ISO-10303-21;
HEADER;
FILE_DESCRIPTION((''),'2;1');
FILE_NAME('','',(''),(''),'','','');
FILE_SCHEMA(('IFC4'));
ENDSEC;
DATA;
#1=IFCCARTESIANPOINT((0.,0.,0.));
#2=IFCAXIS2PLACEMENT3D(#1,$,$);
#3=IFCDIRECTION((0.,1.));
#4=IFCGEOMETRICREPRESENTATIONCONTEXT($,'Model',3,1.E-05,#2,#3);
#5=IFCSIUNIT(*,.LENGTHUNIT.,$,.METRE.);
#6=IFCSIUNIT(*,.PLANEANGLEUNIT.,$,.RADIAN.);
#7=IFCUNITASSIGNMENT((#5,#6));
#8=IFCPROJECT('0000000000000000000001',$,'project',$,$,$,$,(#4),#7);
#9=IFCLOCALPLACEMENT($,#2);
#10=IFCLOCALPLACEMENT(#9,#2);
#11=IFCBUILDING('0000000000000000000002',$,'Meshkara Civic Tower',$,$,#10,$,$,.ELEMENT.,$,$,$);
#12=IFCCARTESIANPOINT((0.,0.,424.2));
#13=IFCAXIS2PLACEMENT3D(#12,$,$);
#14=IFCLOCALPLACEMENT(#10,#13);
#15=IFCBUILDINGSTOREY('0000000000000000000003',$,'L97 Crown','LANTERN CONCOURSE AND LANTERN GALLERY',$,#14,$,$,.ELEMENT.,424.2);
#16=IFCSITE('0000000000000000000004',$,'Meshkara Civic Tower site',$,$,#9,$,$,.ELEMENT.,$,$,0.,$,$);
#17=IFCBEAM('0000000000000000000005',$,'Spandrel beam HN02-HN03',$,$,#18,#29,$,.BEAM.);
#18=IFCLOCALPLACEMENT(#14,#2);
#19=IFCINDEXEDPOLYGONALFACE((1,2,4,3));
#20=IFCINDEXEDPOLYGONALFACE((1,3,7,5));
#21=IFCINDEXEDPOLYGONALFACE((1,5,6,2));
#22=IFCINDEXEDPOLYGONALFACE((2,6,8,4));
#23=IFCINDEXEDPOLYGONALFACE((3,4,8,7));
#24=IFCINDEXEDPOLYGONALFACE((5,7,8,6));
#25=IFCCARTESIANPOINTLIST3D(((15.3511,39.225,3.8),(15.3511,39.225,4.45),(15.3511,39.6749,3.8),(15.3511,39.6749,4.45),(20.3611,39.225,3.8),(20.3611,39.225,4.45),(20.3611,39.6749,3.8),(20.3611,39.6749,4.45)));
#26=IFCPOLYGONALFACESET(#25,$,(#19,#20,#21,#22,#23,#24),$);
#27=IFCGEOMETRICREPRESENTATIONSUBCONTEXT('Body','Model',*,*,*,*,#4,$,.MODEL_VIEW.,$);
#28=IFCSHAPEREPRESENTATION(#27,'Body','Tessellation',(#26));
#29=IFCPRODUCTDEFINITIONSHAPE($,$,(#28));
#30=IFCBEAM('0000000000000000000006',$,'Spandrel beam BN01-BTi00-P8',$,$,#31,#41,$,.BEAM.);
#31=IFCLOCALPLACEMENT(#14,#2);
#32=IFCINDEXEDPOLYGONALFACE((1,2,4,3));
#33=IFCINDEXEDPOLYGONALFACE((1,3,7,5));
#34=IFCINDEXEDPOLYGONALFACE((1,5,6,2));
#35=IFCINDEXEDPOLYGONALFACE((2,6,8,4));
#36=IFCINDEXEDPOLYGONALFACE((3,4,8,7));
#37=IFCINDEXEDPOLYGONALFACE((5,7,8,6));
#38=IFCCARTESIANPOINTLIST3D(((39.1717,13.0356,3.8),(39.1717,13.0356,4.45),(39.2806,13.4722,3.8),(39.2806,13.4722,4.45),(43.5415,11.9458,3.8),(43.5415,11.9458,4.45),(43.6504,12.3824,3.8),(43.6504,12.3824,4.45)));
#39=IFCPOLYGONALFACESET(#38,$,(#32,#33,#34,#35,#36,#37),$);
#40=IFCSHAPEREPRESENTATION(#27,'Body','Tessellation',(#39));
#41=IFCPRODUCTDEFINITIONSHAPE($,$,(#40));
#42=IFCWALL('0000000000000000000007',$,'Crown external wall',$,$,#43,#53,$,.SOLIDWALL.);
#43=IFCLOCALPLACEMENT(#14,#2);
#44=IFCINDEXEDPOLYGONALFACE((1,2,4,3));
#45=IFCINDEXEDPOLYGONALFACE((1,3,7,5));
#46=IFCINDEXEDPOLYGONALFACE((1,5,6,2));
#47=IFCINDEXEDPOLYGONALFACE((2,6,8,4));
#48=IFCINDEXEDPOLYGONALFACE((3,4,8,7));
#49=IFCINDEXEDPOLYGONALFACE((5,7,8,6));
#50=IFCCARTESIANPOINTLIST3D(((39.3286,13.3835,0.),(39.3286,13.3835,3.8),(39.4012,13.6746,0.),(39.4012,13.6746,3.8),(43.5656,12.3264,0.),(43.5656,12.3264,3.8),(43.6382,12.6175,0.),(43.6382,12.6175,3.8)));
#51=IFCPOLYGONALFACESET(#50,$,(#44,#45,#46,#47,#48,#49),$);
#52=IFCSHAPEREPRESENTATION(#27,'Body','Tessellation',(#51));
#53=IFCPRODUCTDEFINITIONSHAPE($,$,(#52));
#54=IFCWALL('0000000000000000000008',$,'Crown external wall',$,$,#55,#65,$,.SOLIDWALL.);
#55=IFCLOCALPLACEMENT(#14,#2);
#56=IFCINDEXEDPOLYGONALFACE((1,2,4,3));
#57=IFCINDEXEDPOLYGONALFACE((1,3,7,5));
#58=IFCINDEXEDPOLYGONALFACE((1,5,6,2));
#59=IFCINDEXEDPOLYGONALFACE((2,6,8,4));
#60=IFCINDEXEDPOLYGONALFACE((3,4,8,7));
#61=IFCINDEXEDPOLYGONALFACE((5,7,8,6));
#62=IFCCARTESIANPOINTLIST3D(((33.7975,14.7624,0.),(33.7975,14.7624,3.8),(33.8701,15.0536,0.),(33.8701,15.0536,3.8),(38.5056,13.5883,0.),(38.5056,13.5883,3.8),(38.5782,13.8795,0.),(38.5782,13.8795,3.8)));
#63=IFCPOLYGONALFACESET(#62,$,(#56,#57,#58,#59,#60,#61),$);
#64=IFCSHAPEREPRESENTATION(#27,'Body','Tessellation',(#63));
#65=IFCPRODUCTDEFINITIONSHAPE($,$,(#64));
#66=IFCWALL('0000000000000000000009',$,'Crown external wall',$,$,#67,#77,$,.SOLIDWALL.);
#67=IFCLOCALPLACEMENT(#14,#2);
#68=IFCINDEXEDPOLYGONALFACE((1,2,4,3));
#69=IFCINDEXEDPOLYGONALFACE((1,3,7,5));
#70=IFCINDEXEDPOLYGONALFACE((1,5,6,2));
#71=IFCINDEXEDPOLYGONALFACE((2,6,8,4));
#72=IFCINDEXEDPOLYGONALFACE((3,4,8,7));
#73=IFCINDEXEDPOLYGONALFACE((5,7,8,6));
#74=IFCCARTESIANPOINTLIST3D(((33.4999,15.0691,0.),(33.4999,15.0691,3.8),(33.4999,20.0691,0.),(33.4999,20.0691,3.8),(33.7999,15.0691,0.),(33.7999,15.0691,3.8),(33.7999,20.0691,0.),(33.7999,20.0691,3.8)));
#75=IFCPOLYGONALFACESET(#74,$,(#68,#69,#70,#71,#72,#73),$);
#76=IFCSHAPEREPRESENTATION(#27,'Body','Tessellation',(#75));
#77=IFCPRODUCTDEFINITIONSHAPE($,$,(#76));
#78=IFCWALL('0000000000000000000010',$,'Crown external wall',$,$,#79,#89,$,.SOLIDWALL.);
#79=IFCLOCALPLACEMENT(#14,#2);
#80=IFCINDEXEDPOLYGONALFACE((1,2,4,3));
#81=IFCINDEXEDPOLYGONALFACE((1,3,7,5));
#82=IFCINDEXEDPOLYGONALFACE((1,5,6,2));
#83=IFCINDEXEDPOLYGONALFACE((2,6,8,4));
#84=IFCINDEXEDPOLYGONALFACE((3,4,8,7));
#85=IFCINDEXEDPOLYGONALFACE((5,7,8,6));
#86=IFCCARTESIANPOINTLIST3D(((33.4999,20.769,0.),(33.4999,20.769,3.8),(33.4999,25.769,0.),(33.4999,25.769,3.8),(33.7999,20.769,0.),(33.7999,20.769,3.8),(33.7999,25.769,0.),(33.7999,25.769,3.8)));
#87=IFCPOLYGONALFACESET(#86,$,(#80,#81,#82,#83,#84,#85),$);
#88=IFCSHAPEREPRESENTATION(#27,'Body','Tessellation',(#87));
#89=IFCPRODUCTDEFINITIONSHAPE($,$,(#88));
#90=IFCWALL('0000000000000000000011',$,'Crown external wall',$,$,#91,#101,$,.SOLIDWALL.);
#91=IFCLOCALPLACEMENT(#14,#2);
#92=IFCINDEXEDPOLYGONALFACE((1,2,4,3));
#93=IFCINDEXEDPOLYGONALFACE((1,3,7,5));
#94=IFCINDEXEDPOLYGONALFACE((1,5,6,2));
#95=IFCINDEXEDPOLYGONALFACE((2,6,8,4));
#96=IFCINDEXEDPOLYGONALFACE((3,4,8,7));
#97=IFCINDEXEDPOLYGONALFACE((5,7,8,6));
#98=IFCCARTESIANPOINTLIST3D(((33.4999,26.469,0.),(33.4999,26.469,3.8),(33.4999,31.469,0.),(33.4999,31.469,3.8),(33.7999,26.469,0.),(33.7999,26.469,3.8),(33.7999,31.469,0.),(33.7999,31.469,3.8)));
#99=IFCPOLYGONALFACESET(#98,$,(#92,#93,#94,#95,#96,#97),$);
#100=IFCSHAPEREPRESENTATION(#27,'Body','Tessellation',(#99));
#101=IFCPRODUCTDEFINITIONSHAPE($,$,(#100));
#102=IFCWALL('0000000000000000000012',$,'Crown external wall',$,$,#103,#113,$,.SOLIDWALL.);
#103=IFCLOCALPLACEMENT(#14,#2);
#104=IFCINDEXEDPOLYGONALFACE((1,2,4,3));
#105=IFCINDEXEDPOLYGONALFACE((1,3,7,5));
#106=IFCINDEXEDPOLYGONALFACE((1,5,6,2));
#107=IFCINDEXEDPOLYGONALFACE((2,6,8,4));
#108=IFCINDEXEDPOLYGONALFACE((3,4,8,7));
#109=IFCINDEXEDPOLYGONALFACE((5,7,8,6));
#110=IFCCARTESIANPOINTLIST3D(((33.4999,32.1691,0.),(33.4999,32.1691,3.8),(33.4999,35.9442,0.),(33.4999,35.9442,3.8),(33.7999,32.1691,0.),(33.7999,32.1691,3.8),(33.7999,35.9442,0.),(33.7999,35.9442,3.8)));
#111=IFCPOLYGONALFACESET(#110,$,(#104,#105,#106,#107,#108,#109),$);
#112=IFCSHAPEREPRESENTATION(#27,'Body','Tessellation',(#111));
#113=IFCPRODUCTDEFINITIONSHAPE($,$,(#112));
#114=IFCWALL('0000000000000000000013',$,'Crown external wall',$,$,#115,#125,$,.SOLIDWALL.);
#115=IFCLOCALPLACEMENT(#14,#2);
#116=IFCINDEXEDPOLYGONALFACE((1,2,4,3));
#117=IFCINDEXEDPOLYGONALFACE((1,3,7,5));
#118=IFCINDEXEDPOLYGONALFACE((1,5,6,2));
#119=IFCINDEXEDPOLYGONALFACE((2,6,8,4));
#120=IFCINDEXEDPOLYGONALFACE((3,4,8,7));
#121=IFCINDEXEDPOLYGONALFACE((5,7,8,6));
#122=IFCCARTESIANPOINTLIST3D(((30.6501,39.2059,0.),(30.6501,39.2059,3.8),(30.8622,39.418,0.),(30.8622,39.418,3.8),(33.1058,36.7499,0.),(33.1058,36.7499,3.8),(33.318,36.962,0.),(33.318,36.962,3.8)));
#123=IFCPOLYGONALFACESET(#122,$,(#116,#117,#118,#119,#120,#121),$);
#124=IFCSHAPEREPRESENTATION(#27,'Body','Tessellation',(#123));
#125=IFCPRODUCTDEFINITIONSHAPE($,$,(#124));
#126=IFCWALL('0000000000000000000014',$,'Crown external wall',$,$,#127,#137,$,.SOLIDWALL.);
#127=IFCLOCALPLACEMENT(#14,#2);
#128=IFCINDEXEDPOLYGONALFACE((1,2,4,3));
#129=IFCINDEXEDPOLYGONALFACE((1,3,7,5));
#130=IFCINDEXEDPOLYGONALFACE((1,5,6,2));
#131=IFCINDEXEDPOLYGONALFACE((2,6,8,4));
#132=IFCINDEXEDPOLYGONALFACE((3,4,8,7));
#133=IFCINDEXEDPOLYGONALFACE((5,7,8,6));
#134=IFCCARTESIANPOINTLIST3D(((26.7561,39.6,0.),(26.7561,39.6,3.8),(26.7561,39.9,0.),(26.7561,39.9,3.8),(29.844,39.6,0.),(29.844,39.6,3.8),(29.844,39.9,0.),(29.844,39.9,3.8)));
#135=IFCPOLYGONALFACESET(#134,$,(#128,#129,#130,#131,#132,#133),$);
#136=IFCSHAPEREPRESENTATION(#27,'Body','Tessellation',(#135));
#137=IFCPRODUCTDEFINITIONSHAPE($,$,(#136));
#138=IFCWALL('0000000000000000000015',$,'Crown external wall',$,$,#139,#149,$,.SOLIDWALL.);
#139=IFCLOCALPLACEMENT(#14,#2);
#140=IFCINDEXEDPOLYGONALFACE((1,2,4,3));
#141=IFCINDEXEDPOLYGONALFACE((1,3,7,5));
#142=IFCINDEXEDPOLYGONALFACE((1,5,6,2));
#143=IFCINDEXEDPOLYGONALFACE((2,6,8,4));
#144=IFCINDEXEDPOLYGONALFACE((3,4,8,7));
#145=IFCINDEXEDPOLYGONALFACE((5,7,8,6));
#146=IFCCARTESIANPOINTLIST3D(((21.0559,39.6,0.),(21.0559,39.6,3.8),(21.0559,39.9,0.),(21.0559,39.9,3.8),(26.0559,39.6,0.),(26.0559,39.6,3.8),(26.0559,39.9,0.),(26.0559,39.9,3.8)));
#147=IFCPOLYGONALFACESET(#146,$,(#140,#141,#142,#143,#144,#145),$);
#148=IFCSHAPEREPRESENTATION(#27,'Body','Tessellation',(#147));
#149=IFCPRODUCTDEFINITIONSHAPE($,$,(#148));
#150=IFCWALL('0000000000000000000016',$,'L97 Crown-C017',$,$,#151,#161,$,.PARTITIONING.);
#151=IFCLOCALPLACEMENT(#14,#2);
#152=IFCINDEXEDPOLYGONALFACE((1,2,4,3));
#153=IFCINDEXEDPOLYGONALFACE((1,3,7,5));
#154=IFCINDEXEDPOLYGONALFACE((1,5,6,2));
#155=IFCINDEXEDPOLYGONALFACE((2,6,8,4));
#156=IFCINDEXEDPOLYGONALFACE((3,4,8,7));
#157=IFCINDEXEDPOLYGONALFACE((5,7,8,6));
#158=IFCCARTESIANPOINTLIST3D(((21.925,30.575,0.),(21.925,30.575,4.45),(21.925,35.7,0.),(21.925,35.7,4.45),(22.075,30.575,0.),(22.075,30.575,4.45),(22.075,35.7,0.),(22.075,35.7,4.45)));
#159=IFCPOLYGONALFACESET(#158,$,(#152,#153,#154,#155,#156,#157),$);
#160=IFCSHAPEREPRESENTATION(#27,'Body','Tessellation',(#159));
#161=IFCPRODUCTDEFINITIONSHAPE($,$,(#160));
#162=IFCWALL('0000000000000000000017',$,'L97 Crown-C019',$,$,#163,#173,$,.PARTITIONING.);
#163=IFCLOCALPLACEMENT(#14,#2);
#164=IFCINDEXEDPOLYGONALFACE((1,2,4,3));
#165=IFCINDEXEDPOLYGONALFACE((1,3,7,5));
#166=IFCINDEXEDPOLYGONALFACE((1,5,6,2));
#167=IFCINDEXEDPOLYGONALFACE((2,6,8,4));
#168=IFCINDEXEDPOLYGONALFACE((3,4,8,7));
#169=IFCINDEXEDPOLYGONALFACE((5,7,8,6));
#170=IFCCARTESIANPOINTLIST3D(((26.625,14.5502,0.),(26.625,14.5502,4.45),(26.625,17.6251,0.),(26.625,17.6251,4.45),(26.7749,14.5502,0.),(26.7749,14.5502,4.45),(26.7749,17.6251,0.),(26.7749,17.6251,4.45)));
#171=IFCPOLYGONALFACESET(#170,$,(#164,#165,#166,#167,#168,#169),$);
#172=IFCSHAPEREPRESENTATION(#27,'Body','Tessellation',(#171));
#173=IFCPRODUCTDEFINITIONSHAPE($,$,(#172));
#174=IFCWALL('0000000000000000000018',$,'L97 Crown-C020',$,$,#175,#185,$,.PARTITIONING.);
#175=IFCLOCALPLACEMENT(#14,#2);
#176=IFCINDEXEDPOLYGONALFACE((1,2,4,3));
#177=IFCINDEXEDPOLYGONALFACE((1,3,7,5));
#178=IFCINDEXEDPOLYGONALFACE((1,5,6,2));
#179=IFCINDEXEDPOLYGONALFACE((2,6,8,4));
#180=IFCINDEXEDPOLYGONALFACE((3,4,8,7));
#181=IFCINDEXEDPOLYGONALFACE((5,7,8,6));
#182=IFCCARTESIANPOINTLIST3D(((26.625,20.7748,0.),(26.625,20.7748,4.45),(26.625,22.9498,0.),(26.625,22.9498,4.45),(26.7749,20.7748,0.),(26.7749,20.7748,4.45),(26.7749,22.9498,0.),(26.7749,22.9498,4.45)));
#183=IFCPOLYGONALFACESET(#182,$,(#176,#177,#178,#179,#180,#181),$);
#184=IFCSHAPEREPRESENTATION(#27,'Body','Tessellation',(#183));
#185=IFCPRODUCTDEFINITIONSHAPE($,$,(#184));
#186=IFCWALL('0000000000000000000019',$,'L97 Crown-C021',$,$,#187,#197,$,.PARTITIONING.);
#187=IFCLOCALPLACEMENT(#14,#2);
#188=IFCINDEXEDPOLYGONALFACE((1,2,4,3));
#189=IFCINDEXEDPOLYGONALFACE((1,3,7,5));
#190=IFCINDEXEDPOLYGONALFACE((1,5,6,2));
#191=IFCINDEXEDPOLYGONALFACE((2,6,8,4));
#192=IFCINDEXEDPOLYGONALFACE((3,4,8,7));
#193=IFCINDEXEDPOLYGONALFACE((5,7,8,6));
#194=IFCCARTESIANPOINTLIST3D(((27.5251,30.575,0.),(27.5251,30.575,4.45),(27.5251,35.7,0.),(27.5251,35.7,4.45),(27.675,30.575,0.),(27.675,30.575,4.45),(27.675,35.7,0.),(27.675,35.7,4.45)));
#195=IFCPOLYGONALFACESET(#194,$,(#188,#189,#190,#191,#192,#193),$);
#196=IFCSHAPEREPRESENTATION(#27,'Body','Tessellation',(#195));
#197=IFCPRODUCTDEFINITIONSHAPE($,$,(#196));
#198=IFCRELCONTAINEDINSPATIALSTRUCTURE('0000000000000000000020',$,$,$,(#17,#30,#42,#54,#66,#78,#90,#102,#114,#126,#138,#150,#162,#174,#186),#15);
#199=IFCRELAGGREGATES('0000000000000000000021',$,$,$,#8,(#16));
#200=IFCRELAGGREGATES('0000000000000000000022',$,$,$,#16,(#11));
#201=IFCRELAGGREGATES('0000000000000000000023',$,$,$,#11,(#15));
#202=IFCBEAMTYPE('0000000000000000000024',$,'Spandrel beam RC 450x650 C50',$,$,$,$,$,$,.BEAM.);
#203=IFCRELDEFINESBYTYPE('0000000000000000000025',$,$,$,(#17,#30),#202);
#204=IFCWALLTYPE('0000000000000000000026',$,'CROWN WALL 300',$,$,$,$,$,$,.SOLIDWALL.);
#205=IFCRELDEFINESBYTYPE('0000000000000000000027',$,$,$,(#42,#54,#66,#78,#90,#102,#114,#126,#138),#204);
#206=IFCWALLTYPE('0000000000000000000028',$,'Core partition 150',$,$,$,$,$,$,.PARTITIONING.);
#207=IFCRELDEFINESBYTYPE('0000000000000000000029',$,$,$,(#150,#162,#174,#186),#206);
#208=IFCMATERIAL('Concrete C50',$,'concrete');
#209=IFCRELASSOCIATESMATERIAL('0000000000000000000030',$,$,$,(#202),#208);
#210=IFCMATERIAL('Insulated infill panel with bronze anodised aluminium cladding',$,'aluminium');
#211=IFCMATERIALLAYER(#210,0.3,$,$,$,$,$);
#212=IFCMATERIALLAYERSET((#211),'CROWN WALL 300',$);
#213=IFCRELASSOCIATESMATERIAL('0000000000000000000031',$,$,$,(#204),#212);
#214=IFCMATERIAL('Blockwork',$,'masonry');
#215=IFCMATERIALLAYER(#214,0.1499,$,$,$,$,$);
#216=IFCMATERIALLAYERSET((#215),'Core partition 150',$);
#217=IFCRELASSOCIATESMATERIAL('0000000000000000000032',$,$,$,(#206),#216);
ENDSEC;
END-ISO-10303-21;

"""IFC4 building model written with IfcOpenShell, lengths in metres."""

from ifc_helpers import new_model, si_unit, direction, frame, frame_2d, origin, origin_2d, place, context, subcontext, project, spatial, rectangle, extrude, material, layer, layer_set, material_profile, profile_set, type_object, element, save


model = new_model("IFC4")

# Units and contexts
model_context = context("Model", 3, precision=1e-05, world=origin(), true_north=direction((0.0, 1.0)))
body_context = subcontext(model_context, "Body", "Model", "MODEL_VIEW")
ifc_project = project(units=[si_unit("LENGTHUNIT", "METRE"), si_unit("PLANEANGLEUNIT", "RADIAN")], contexts=[model_context])

# Site, building, storey
site_placement = place(None, origin())
site = spatial("IfcSite", under=ifc_project, at=site_placement, Name="Meshkara Civic Tower site", CompositionType="ELEMENT", RefElevation=0.0)
building_placement = place(site_placement, origin())
building = spatial("IfcBuilding", under=site, at=building_placement, Name="Meshkara Civic Tower", CompositionType="ELEMENT")
storey_placement = place(building_placement, frame((0.0, 0.0, 424.2)))
storey = spatial("IfcBuildingStorey", under=building, at=storey_placement, Name="L97 Crown", Description="LANTERN CONCOURSE AND LANTERN GALLERY", CompositionType="ELEMENT", Elevation=424.2)

# Beams
ifc_material_1 = material(Name="Concrete C50", Category="concrete")
ifc_material_profile_1 = material_profile(ifc_material_1, rectangle(XDim=0.45, YDim=0.6499, at=origin_2d()))
ifc_profile_set_1 = profile_set([ifc_material_profile_1], Name="Concrete C50")
beam_type = type_object("IfcBeamType", Name="Spandrel beam RC 450x650 C50", PredefinedType="BEAM", material=ifc_profile_set_1)
for number, where, z_axis, x_axis, name in (
    (1, (20.3611, 39.45, 4.125), (-1.0, 0.0, 0.0), (0.0, -1.0, 0.0), "Spandrel beam HN02-HN03"),
):
    element("IfcBeam", number, at=place(storey_placement, frame(where, z_axis=z_axis, x_axis=x_axis)), inside=storey, type_object=beam_type, Name=name, PredefinedType="BEAM", context=body_context, shape_type="SweptSolid", body=[
        extrude(rectangle(XDim=0.45, YDim=0.6499, at=origin_2d()), origin(), (0.0, 0.0, 1.0), 5.01),
    ])
beam_1_placement = place(storey_placement, frame((43.5959, 12.1641, 4.125), z_axis=(-0.970279, 0.241987, 0.0), x_axis=(-0.241987, -0.970279, 0.0)))
element("IfcBeam", 2, at=beam_1_placement, inside=storey, type_object=beam_type, Name="Spandrel beam BN01-BTi00-P8", PredefinedType="BEAM", context=body_context, shape_type="SweptSolid", body=[
    extrude(rectangle(XDim=0.45, YDim=0.6499, at=origin_2d()), origin(), (0.0, 0.0, 1.0), 4.5037),
])

# Walls
ifc_material_2 = material(Name="Insulated infill panel with bronze anodised aluminium cladding", Category="aluminium")
ifc_layer_1 = layer(ifc_material_2, 0.3)
ifc_layer_set_1 = layer_set([ifc_layer_1], Name="CROWN WALL 300")
wall_type_1 = type_object("IfcWallType", Name="CROWN WALL 300", PredefinedType="SOLIDWALL", material=ifc_layer_set_1)
wall_1_placement = place(storey_placement, frame((43.6021, 12.4719, 0.0), z_axis=(0.0, 0.0, 1.0), x_axis=(-0.970257, 0.242075, 0.0)))
element("IfcWall", 3, at=wall_1_placement, inside=storey, type_object=wall_type_1, Name="Crown external wall", PredefinedType="SOLIDWALL", context=body_context, shape_type="SweptSolid", body=[
    extrude(rectangle(XDim=4.3669, YDim=0.3, at=frame_2d((2.1836, 0.0))), origin(), (0.0, 0.0, 1.0), 3.8),
])
wall_2_placement = place(storey_placement, frame((38.542, 13.7339, 0.0), z_axis=(0.0, 0.0, 1.0), x_axis=(-0.970284, 0.241967, 0.0)))
element("IfcWall", 4, at=wall_2_placement, inside=storey, type_object=wall_type_1, Name="Crown external wall", PredefinedType="SOLIDWALL", context=body_context, shape_type="SweptSolid", body=[
    extrude(rectangle(XDim=4.8523, YDim=0.3, at=frame_2d((2.4263, 0.0))), origin(), (0.0, 0.0, 1.0), 3.8),
])
for number, where, z_axis, x_axis, name in (
    (5, (33.6499, 15.0691, 0.0), (0.0, 0.0, 1.0), (0.0, 1.0, 0.0), "Crown external wall"),
    (6, (33.6499, 20.769, 0.0), (0.0, 0.0, 1.0), (0.0, 1.0, 0.0), "Crown external wall"),
    (7, (33.6499, 26.469, 0.0), (0.0, 0.0, 1.0), (0.0, 1.0, 0.0), "Crown external wall"),
):
    element("IfcWall", number, at=place(storey_placement, frame(where, z_axis=z_axis, x_axis=x_axis)), inside=storey, type_object=wall_type_1, Name=name, PredefinedType="SOLIDWALL", context=body_context, shape_type="SweptSolid", body=[
        extrude(rectangle(XDim=5.0, YDim=0.3, at=frame_2d((2.5, 0.0))), origin(), (0.0, 0.0, 1.0), 3.8),
    ])
wall_3_placement = place(storey_placement, frame((33.6499, 32.1689, 0.0), z_axis=(0.0, 0.0, 1.0), x_axis=(0.0, 1.0, 0.0)))
element("IfcWall", 8, at=wall_3_placement, inside=storey, type_object=wall_type_1, Name="Crown external wall", PredefinedType="SOLIDWALL", context=body_context, shape_type="SweptSolid", body=[
    extrude(rectangle(XDim=3.7751, YDim=0.3, at=frame_2d((1.8877, 0.0))), origin(), (0.0, 0.0, 1.0), 3.8),
])
wall_4_placement = place(storey_placement, frame((33.2119, 36.856, 0.0), z_axis=(0.0, 0.0, 1.0), x_axis=(-0.707072, 0.707142, 0.0)))
element("IfcWall", 9, at=wall_4_placement, inside=storey, type_object=wall_type_1, Name="Crown external wall", PredefinedType="SOLIDWALL", context=body_context, shape_type="SweptSolid", body=[
    extrude(rectangle(XDim=3.4731, YDim=0.3, at=frame_2d((1.7366, 0.0))), origin(), (0.0, 0.0, 1.0), 3.8),
])
wall_5_placement = place(storey_placement, frame((29.844, 39.75, 0.0), z_axis=(0.0, 0.0, 1.0), x_axis=(-1.0, 0.0, 0.0)))
element("IfcWall", 10, at=wall_5_placement, inside=storey, type_object=wall_type_1, Name="Crown external wall", PredefinedType="SOLIDWALL", context=body_context, shape_type="SweptSolid", body=[
    extrude(rectangle(XDim=3.0879, YDim=0.3, at=frame_2d((1.5439, 0.0))), origin(), (0.0, 0.0, 1.0), 3.8),
])
wall_6_placement = place(storey_placement, frame((26.0559, 39.75, 0.0), z_axis=(0.0, 0.0, 1.0), x_axis=(-1.0, 0.0, 0.0)))
element("IfcWall", 11, at=wall_6_placement, inside=storey, type_object=wall_type_1, Name="Crown external wall", PredefinedType="SOLIDWALL", context=body_context, shape_type="SweptSolid", body=[
    extrude(rectangle(XDim=5.0, YDim=0.3, at=frame_2d((2.5, 0.0))), origin(), (0.0, 0.0, 1.0), 3.8),
])
ifc_material_3 = material(Name="Blockwork", Category="masonry")
ifc_layer_2 = layer(ifc_material_3, 0.1499)
ifc_layer_set_2 = layer_set([ifc_layer_2], Name="Core partition 150")
wall_type_2 = type_object("IfcWallType", Name="Core partition 150", PredefinedType="PARTITIONING", material=ifc_layer_set_2)
wall_7_placement = place(storey_placement, frame((22.0, 30.575, 0.0), z_axis=(0.0, 0.0, 1.0), x_axis=(0.0, 1.0, 0.0)))
element("IfcWall", 12, at=wall_7_placement, inside=storey, type_object=wall_type_2, Name="L97 Crown-C017", PredefinedType="PARTITIONING", context=body_context, shape_type="SweptSolid", body=[
    extrude(rectangle(XDim=5.125, YDim=0.1499, at=frame_2d((2.5625, 0.0))), origin(), (0.0, 0.0, 1.0), 4.45),
])
wall_8_placement = place(storey_placement, frame((26.7, 14.55, 0.0), z_axis=(0.0, 0.0, 1.0), x_axis=(0.0, 1.0, 0.0)))
element("IfcWall", 13, at=wall_8_placement, inside=storey, type_object=wall_type_2, Name="L97 Crown-C019", PredefinedType="PARTITIONING", context=body_context, shape_type="SweptSolid", body=[
    extrude(rectangle(XDim=3.075, YDim=0.1499, at=frame_2d((1.5376, 0.0))), origin(), (0.0, 0.0, 1.0), 4.45),
])
wall_9_placement = place(storey_placement, frame((26.7, 20.7749, 0.0), z_axis=(0.0, 0.0, 1.0), x_axis=(0.0, 1.0, 0.0)))
element("IfcWall", 14, at=wall_9_placement, inside=storey, type_object=wall_type_2, Name="L97 Crown-C020", PredefinedType="PARTITIONING", context=body_context, shape_type="SweptSolid", body=[
    extrude(rectangle(XDim=2.175, YDim=0.1499, at=frame_2d((1.0874, 0.0))), origin(), (0.0, 0.0, 1.0), 4.45),
])
wall_10_placement = place(storey_placement, frame((27.6001, 30.575, 0.0), z_axis=(0.0, 0.0, 1.0), x_axis=(0.0, 1.0, 0.0)))
element("IfcWall", 15, at=wall_10_placement, inside=storey, type_object=wall_type_2, Name="L97 Crown-C021", PredefinedType="PARTITIONING", context=body_context, shape_type="SweptSolid", body=[
    extrude(rectangle(XDim=5.125, YDim=0.1499, at=frame_2d((2.5625, 0.0))), origin(), (0.0, 0.0, 1.0), 4.45),
])

save(model, "model.ifc")
